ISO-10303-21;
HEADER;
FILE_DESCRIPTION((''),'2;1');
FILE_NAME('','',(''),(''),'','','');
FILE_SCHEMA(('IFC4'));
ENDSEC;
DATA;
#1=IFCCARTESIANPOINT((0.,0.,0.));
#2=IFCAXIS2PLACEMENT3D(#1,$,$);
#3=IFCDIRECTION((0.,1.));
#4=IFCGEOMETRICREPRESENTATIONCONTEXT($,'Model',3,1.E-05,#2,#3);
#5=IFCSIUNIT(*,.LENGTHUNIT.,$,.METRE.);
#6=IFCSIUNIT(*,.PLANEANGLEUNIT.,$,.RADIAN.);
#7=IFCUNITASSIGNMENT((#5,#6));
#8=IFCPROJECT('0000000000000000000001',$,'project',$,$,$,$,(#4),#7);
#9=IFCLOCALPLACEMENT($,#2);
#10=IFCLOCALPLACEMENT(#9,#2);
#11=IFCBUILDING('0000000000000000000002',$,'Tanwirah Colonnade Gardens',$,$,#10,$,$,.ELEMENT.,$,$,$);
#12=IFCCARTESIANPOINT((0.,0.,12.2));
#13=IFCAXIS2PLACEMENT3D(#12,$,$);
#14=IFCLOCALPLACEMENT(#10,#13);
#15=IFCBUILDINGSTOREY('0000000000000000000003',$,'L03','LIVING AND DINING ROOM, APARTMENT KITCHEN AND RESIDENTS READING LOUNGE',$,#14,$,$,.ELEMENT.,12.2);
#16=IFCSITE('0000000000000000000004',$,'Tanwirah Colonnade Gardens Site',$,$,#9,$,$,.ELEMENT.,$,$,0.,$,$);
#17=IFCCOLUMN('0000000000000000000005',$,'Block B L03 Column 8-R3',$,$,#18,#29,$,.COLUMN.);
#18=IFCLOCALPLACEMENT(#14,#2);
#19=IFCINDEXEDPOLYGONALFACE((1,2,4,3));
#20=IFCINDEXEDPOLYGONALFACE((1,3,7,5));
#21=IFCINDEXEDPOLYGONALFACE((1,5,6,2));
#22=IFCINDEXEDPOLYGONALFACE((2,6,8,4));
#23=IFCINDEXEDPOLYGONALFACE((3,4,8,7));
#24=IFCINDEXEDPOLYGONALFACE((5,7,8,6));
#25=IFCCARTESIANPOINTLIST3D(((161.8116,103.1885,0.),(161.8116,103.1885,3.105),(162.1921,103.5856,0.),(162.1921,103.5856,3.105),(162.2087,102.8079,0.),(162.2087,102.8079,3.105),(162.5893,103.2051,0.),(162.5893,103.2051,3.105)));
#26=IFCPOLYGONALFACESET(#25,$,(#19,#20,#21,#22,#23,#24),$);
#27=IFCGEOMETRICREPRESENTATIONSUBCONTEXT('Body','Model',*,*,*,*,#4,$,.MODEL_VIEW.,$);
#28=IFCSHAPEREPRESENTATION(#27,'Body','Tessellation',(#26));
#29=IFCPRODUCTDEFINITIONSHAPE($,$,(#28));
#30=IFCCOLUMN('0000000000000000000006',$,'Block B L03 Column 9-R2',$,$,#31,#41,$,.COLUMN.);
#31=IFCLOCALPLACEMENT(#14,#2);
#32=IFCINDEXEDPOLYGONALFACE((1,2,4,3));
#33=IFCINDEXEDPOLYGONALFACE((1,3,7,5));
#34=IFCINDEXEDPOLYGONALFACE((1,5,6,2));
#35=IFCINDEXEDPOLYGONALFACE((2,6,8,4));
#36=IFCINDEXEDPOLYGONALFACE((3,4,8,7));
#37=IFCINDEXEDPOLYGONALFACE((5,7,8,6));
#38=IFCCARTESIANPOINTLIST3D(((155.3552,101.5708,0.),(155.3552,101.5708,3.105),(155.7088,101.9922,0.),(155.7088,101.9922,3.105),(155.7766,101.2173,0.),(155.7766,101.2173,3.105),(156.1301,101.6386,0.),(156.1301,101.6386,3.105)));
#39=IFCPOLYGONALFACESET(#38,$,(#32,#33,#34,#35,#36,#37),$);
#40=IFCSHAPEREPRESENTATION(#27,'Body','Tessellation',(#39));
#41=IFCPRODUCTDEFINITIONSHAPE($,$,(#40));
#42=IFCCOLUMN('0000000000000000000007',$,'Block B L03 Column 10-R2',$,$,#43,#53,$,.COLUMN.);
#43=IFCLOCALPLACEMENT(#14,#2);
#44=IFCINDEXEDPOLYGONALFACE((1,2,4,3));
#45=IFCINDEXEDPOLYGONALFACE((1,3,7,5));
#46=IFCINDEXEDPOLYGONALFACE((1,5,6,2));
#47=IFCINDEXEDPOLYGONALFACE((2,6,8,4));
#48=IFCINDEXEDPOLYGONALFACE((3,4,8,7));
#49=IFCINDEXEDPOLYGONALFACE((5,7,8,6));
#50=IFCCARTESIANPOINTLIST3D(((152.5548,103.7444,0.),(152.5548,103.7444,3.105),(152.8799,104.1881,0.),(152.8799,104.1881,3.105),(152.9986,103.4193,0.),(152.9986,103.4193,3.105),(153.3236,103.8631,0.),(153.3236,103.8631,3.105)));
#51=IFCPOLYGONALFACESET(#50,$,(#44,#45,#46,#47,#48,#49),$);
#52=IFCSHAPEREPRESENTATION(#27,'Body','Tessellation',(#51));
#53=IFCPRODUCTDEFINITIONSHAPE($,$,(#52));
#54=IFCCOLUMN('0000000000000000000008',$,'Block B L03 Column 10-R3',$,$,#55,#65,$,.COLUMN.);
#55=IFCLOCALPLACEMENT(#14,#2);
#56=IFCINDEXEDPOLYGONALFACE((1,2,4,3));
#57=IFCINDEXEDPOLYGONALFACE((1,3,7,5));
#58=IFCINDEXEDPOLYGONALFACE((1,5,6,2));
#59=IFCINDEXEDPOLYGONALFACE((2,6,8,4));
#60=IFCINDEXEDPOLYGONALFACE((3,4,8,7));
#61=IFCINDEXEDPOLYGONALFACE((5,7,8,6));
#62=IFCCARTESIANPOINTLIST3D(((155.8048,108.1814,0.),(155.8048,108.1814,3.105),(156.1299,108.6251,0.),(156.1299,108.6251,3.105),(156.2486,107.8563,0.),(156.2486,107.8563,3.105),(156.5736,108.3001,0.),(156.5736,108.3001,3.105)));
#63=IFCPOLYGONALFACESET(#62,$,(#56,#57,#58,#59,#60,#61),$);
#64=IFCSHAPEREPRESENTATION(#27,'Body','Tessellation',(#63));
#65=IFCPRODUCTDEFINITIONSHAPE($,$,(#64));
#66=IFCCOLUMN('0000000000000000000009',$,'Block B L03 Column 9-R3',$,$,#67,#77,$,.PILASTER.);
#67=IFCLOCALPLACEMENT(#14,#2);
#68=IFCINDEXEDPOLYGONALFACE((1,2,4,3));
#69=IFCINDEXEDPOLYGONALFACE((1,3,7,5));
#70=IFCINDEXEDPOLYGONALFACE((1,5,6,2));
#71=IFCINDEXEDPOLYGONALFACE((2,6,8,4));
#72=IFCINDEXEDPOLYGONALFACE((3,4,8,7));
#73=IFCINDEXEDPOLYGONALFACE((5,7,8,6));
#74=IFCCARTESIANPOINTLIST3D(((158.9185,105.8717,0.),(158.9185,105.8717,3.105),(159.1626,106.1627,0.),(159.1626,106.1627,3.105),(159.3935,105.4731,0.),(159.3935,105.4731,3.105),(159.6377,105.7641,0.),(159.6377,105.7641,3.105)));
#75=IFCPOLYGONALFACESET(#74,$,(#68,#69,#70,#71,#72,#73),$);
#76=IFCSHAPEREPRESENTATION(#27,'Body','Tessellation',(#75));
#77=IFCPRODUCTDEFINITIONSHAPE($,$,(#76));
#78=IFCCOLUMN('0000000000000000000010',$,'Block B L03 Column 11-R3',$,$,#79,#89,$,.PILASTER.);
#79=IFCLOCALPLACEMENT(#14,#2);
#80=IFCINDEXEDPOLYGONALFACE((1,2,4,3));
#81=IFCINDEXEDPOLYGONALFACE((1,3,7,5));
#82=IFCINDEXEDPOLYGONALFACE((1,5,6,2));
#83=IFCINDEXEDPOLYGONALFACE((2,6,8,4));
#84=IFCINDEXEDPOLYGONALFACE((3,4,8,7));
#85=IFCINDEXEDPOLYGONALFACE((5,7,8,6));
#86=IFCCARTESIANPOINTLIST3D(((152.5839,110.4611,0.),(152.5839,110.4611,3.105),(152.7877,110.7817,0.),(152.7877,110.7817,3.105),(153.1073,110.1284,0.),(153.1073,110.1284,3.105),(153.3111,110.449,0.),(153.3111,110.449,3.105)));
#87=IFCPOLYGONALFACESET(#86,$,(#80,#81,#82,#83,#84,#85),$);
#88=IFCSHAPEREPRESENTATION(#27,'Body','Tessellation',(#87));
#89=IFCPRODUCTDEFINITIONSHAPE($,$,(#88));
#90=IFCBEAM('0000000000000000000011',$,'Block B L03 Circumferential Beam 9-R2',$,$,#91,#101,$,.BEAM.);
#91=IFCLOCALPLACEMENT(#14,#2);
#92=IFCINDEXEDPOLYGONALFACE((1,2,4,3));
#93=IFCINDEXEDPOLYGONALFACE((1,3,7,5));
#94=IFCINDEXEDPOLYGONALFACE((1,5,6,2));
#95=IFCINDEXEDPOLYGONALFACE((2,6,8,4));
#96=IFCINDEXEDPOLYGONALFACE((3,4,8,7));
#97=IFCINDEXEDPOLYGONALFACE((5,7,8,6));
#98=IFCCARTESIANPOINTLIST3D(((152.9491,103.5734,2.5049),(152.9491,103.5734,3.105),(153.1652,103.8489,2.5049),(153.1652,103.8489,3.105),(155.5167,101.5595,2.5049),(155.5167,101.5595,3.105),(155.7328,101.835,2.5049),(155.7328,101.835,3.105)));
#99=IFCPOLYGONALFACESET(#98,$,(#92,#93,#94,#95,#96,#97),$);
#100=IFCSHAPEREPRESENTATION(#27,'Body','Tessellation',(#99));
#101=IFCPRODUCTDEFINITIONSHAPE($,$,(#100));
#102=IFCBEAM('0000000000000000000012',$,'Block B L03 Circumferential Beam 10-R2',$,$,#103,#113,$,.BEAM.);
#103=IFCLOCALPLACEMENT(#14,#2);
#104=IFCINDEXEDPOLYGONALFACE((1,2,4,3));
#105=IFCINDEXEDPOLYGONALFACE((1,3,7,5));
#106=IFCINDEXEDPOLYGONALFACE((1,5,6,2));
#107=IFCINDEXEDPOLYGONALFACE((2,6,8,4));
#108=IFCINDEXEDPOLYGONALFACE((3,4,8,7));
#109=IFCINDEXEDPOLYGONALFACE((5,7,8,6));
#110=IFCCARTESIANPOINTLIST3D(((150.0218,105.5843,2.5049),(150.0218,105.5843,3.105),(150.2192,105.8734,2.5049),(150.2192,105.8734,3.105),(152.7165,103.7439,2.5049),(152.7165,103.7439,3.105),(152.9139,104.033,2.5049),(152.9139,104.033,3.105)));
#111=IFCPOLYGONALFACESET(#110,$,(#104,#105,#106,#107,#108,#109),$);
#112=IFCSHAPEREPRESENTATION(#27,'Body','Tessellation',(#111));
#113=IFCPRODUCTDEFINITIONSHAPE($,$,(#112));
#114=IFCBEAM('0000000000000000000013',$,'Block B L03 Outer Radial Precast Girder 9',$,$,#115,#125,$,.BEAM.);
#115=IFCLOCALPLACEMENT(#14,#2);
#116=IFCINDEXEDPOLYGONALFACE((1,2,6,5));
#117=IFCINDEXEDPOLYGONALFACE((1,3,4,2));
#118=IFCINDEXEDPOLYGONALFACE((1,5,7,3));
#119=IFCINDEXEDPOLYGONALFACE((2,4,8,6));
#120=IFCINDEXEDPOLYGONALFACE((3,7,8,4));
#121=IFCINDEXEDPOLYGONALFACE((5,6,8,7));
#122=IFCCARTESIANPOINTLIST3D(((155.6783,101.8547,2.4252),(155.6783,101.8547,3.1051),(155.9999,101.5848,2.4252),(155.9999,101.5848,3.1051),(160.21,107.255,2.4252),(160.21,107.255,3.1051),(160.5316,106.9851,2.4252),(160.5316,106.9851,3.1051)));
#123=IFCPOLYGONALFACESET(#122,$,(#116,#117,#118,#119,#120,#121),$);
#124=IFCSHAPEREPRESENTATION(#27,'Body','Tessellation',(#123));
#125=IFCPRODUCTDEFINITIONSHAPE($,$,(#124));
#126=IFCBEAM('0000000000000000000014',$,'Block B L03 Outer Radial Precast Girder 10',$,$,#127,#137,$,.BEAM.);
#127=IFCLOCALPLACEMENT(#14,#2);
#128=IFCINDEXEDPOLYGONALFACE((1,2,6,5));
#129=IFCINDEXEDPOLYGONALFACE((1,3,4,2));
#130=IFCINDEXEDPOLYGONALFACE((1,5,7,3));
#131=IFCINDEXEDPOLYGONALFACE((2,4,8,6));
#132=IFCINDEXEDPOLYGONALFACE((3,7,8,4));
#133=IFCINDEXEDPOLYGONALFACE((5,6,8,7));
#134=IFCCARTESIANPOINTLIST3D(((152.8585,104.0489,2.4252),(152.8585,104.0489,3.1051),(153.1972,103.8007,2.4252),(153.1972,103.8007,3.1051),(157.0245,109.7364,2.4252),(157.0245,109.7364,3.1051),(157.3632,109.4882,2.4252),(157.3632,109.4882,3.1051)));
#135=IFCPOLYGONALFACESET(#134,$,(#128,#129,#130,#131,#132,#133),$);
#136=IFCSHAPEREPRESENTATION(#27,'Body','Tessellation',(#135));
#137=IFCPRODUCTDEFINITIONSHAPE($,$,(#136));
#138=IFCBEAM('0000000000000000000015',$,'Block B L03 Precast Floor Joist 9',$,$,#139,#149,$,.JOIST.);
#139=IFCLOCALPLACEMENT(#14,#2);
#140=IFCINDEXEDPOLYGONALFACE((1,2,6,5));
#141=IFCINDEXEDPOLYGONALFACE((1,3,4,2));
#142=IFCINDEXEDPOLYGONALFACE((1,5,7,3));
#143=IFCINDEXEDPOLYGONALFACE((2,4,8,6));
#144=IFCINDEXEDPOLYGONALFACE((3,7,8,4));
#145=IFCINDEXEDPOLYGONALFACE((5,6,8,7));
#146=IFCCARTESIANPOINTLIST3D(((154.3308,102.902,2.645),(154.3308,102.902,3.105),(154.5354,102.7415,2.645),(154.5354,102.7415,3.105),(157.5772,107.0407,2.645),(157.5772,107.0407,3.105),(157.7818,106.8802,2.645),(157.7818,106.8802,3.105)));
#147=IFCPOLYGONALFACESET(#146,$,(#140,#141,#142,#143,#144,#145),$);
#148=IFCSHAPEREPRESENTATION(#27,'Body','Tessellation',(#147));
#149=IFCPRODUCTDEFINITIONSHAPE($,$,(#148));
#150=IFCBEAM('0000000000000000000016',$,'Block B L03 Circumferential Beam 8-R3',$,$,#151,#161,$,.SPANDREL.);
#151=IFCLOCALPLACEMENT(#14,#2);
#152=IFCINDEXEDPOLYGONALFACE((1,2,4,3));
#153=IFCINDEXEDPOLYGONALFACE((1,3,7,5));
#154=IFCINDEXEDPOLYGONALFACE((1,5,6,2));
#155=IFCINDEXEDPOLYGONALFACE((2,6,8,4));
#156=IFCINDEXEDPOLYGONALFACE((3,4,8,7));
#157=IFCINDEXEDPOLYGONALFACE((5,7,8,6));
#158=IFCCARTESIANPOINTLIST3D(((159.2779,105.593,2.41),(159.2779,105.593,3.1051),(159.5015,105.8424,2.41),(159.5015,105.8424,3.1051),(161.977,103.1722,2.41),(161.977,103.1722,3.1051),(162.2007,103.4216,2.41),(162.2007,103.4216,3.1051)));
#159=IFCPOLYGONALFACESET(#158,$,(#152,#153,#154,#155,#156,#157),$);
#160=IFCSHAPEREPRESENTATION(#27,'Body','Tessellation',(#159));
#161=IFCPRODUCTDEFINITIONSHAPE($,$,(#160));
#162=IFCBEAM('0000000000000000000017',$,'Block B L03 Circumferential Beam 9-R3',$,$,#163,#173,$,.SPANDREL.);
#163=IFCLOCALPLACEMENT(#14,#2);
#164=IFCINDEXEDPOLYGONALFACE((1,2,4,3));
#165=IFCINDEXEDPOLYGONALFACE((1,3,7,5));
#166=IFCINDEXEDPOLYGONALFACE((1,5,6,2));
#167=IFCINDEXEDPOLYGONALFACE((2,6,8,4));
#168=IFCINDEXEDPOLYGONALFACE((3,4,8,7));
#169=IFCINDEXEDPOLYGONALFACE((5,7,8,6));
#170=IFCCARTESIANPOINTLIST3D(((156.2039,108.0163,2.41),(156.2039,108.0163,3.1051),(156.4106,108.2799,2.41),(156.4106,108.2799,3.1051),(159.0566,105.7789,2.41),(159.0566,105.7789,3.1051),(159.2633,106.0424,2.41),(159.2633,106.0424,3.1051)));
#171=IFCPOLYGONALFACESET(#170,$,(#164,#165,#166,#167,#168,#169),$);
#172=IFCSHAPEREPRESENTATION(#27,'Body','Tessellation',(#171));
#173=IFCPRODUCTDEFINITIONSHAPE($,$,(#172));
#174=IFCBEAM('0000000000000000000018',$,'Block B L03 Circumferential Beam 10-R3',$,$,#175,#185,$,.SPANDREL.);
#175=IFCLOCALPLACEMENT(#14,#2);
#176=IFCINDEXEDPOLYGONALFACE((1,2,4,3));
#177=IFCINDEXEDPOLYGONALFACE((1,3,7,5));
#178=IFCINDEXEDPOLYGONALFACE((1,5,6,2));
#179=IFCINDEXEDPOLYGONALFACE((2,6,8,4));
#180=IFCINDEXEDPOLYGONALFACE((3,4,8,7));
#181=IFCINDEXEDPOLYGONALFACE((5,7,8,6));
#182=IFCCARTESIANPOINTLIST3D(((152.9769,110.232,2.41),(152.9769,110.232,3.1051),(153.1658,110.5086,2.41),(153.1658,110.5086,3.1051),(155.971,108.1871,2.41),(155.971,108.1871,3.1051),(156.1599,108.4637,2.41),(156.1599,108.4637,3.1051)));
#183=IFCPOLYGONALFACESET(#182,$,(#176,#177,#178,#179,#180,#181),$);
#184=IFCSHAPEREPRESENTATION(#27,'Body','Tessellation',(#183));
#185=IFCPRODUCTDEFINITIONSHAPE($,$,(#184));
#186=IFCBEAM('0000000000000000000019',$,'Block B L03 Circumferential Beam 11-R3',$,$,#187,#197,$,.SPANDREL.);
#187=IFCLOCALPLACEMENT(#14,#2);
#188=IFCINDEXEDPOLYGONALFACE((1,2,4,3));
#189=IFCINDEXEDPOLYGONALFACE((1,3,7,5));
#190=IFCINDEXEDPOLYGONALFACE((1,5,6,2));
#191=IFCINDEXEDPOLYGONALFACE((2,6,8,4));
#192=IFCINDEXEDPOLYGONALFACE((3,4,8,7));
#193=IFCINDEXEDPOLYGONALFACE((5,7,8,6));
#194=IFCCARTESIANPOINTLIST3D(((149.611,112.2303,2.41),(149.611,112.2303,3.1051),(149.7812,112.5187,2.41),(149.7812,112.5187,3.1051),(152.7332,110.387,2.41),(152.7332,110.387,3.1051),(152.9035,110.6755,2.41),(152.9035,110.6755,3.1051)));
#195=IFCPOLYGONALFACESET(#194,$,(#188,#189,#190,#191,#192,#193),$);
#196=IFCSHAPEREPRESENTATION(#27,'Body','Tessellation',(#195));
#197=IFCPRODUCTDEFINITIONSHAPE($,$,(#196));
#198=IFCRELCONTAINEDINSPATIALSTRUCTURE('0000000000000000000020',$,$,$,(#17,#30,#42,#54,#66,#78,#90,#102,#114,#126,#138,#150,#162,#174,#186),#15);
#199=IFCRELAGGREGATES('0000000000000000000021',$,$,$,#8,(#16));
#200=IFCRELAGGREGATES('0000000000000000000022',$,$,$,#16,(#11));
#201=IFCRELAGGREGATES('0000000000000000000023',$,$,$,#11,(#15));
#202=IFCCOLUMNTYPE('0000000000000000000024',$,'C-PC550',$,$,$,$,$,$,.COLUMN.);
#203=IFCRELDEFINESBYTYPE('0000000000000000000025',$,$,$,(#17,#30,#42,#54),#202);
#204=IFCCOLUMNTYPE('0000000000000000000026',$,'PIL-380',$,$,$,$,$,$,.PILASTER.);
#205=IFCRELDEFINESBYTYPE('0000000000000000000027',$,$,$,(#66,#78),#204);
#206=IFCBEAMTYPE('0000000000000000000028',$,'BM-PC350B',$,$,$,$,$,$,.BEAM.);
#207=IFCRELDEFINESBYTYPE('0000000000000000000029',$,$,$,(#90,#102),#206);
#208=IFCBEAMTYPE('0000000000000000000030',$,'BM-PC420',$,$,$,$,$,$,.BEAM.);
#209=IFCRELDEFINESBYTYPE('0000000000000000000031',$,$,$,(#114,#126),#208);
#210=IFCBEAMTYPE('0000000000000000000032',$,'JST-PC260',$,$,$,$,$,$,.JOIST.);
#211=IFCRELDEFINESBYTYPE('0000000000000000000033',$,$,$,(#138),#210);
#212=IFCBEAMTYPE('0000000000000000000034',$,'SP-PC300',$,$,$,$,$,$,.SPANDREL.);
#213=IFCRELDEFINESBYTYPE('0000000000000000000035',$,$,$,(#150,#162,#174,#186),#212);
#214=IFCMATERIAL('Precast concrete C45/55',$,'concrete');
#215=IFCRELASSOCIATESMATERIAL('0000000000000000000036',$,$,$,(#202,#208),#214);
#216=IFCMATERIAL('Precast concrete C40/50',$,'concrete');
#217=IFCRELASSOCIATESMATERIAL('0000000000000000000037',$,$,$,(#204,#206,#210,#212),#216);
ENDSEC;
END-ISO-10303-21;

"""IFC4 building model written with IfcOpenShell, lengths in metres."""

from ifc_helpers import new_model, si_unit, direction, frame, origin, origin_2d, place, context, subcontext, project, spatial, rectangle, extrude, material, material_profile, profile_set, type_object, element, save


model = new_model("IFC4")

# Units and contexts
model_context = context("Model", 3, precision=1e-05, world=origin(), true_north=direction((0.0, 1.0)))
body_context = subcontext(model_context, "Body", "Model", "MODEL_VIEW")
ifc_project = project(units=[si_unit("LENGTHUNIT", "METRE"), si_unit("PLANEANGLEUNIT", "RADIAN")], contexts=[model_context])

# Site, building, storey
site_placement = place(None, origin())
site = spatial("IfcSite", under=ifc_project, at=site_placement, Name="Tanwirah Colonnade Gardens Site", CompositionType="ELEMENT", RefElevation=0.0)
building_placement = place(site_placement, origin())
building = spatial("IfcBuilding", under=site, at=building_placement, Name="Tanwirah Colonnade Gardens", CompositionType="ELEMENT")
storey_placement = place(building_placement, frame((0.0, 0.0, 12.2)))
storey = spatial("IfcBuildingStorey", under=building, at=storey_placement, Name="L03", Description="LIVING AND DINING ROOM, APARTMENT KITCHEN AND RESIDENTS READING LOUNGE", CompositionType="ELEMENT", Elevation=12.2)

# Columns
ifc_material_1 = material(Name="Precast concrete C45/55", Category="concrete")
ifc_material_profile_1 = material_profile(ifc_material_1, rectangle(XDim=0.55, YDim=0.55, at=origin_2d()), Name="PC-COL 550x550")
ifc_profile_set_1 = profile_set([ifc_material_profile_1], Name="Precast concrete C45/55")
column_type_1 = type_object("IfcColumnType", Name="C-PC550", PredefinedType="COLUMN", material=ifc_profile_set_1)
for number, where, z_axis, x_axis, name in (
    (1, (162.2004, 103.1968, 0.0), (0.0, 0.0, 1.0), (0.691863, 0.722029, 0.0), "Block B L03 Column 8-R3"),
    (2, (155.7427, 101.6047, 0.0), (0.0, 0.0, 1.0), (0.642788, 0.766044, 0.0), "Block B L03 Column 9-R2"),
    (3, (152.9392, 103.8037, 0.0), (0.0, 0.0, 1.0), (0.590919, 0.806731, 0.0), "Block B L03 Column 10-R2"),
    (4, (156.1892, 108.2407, 0.0), (0.0, 0.0, 1.0), (0.590919, 0.806731, 0.0), "Block B L03 Column 10-R3"),
):
    element("IfcColumn", number, at=place(storey_placement, frame(where, z_axis=z_axis, x_axis=x_axis)), inside=storey, type_object=column_type_1, Name=name, PredefinedType="COLUMN", context=body_context, shape_type="SweptSolid", body=[
        extrude(rectangle(XDim=0.55, YDim=0.55, at=origin_2d()), origin(), (0.0, 0.0, 1.0), 3.105),
    ])
ifc_material_2 = material(Name="Precast concrete C40/50", Category="concrete")
ifc_material_profile_2 = material_profile(ifc_material_2, rectangle(XDim=0.3799, YDim=0.6201, at=origin_2d()), Name="PC-PIL 380x620")
ifc_profile_set_2 = profile_set([ifc_material_profile_2], Name="Precast concrete C40/50")
column_type_2 = type_object("IfcColumnType", Name="PIL-380", PredefinedType="PILASTER", material=ifc_profile_set_2)
for number, where, z_axis, x_axis, name in (
    (5, (159.2781, 105.8179, 0.0), (0.0, 0.0, 1.0), (0.642788, 0.766044, 0.0), "Block B L03 Column 9-R3"),
    (6, (152.9475, 110.4551, 0.0), (0.0, 0.0, 1.0), (0.536482, 0.843912, 0.0), "Block B L03 Column 11-R3"),
):
    element("IfcColumn", number, at=place(storey_placement, frame(where, z_axis=z_axis, x_axis=x_axis)), inside=storey, type_object=column_type_2, Name=name, PredefinedType="PILASTER", context=body_context, shape_type="SweptSolid", body=[
        extrude(rectangle(XDim=0.3799, YDim=0.6201, at=origin_2d()), origin(), (0.0, 0.0, 1.0), 3.105),
    ])

# Beams
ifc_material_profile_3 = material_profile(ifc_material_2, rectangle(XDim=0.3501, YDim=0.6001, at=origin_2d()), Name="PC-BM 350x600")
ifc_profile_set_3 = profile_set([ifc_material_profile_3], Name="Precast concrete C40/50")
beam_type_1 = type_object("IfcBeamType", Name="BM-PC350B", PredefinedType="BEAM", material=ifc_profile_set_3)
for number, where, z_axis, x_axis, name in (
    (7, (155.6248, 101.6973, 2.8049), (-0.78684, 0.617157, 0.0), (-0.617157, -0.78684, 0.0), "Block B L03 Circumferential Beam 9-R2"),
    (8, (152.8152, 103.8884, 2.8049), (-0.825782, 0.563989, 0.0), (-0.563989, -0.825782, 0.0), "Block B L03 Circumferential Beam 10-R2"),
):
    element("IfcBeam", number, at=place(storey_placement, frame(where, z_axis=z_axis, x_axis=x_axis)), inside=storey, type_object=beam_type_1, Name=name, PredefinedType="BEAM", context=body_context, shape_type="SweptSolid", body=[
        extrude(rectangle(XDim=0.3501, YDim=0.6001, at=origin_2d()), origin(), (0.0, 0.0, 1.0), 3.2632),
    ])
ifc_material_profile_4 = material_profile(ifc_material_1, rectangle(XDim=0.4199, YDim=0.6799, at=origin_2d()), Name="PC-BM 420x680")
ifc_profile_set_4 = profile_set([ifc_material_profile_4], Name="Precast concrete C45/55")
beam_type_2 = type_object("IfcBeamType", Name="BM-PC420", PredefinedType="BEAM", material=ifc_profile_set_4)
beam_1_placement = place(storey_placement, frame((155.8391, 101.7197, 2.7651), z_axis=(0.64281, 0.766025, 0.0), x_axis=(-0.766025, 0.64281, 0.0)))
element("IfcBeam", 9, at=beam_1_placement, inside=storey, type_object=beam_type_2, Name="Block B L03 Outer Radial Precast Girder 9", PredefinedType="BEAM", context=body_context, shape_type="SweptSolid", body=[
    extrude(rectangle(XDim=0.4199, YDim=0.6799, at=origin_2d()), origin(), (0.0, 0.0, 1.0), 7.0498),
])
beam_2_placement = place(storey_placement, frame((153.0278, 103.9248, 2.7651), z_axis=(0.590919, 0.806731, 0.0), x_axis=(-0.806731, 0.590919, 0.0)))
element("IfcBeam", 10, at=beam_2_placement, inside=storey, type_object=beam_type_2, Name="Block B L03 Outer Radial Precast Girder 10", PredefinedType="BEAM", context=body_context, shape_type="SweptSolid", body=[
    extrude(rectangle(XDim=0.4199, YDim=0.6799, at=origin_2d()), origin(), (0.0, 0.0, 1.0), 7.05),
])
ifc_material_profile_5 = material_profile(ifc_material_2, rectangle(XDim=0.26, YDim=0.46, at=origin_2d()), Name="PC-JST 260x460")
ifc_profile_set_5 = profile_set([ifc_material_profile_5], Name="Precast concrete C40/50")
beam_type_3 = type_object("IfcBeamType", Name="JST-PC260", PredefinedType="JOIST", material=ifc_profile_set_5)
beam_3_placement = place(storey_placement, frame((154.4331, 102.8218, 2.875), z_axis=(0.617178, 0.786824, 0.0), x_axis=(-0.786824, 0.617178, 0.0)))
element("IfcBeam", 11, at=beam_3_placement, inside=storey, type_object=beam_type_3, Name="Block B L03 Precast Floor Joist 9", PredefinedType="JOIST", context=body_context, shape_type="SweptSolid", body=[
    extrude(rectangle(XDim=0.26, YDim=0.46, at=origin_2d()), origin(), (0.0, 0.0, 1.0), 5.26),
])
ifc_material_profile_6 = material_profile(ifc_material_2, rectangle(XDim=0.335, YDim=0.6951, at=origin_2d()), Name="PC-SP 335x695")
ifc_profile_set_6 = profile_set([ifc_material_profile_6], Name="Precast concrete C40/50")
beam_type_4 = type_object("IfcBeamType", Name="SP-PC300", PredefinedType="SPANDREL", material=ifc_profile_set_6)
beam_4_placement = place(storey_placement, frame((162.0889, 103.2969, 2.7576), z_axis=(-0.744445, 0.667684, 0.0), x_axis=(-0.667684, -0.744445, 0.0)))
element("IfcBeam", 12, at=beam_4_placement, inside=storey, type_object=beam_type_4, Name="Block B L03 Circumferential Beam 8-R3", PredefinedType="SPANDREL", context=body_context, shape_type="SweptSolid", body=[
    extrude(rectangle(XDim=0.335, YDim=0.6951, at=origin_2d()), origin(), (0.0, 0.0, 1.0), 3.6257),
])
beam_5_placement = place(storey_placement, frame((159.1599, 105.9106, 2.7576), z_axis=(-0.786844, 0.617152, 0.0), x_axis=(-0.617152, -0.786844, 0.0)))
element("IfcBeam", 13, at=beam_5_placement, inside=storey, type_object=beam_type_4, Name="Block B L03 Circumferential Beam 9-R3", PredefinedType="SPANDREL", context=body_context, shape_type="SweptSolid", body=[
    extrude(rectangle(XDim=0.335, YDim=0.6951, at=origin_2d()), origin(), (0.0, 0.0, 1.0), 3.6255),
])
for number, where, z_axis, x_axis, name in (
    (14, (156.0654, 108.3254, 2.7576), (-0.825783, 0.563989, 0.0), (-0.563989, -0.825783, 0.0), "Block B L03 Circumferential Beam 10-R3"),
    (15, (152.8184, 110.5312, 2.7576), (-0.861137, 0.508373, 0.0), (-0.508373, -0.861137, 0.0), "Block B L03 Circumferential Beam 11-R3"),
):
    element("IfcBeam", number, at=place(storey_placement, frame(where, z_axis=z_axis, x_axis=x_axis)), inside=storey, type_object=beam_type_4, Name=name, PredefinedType="SPANDREL", context=body_context, shape_type="SweptSolid", body=[
        extrude(rectangle(XDim=0.335, YDim=0.6951, at=origin_2d()), origin(), (0.0, 0.0, 1.0), 3.6257),
    ])

save(model, "model.ifc")
